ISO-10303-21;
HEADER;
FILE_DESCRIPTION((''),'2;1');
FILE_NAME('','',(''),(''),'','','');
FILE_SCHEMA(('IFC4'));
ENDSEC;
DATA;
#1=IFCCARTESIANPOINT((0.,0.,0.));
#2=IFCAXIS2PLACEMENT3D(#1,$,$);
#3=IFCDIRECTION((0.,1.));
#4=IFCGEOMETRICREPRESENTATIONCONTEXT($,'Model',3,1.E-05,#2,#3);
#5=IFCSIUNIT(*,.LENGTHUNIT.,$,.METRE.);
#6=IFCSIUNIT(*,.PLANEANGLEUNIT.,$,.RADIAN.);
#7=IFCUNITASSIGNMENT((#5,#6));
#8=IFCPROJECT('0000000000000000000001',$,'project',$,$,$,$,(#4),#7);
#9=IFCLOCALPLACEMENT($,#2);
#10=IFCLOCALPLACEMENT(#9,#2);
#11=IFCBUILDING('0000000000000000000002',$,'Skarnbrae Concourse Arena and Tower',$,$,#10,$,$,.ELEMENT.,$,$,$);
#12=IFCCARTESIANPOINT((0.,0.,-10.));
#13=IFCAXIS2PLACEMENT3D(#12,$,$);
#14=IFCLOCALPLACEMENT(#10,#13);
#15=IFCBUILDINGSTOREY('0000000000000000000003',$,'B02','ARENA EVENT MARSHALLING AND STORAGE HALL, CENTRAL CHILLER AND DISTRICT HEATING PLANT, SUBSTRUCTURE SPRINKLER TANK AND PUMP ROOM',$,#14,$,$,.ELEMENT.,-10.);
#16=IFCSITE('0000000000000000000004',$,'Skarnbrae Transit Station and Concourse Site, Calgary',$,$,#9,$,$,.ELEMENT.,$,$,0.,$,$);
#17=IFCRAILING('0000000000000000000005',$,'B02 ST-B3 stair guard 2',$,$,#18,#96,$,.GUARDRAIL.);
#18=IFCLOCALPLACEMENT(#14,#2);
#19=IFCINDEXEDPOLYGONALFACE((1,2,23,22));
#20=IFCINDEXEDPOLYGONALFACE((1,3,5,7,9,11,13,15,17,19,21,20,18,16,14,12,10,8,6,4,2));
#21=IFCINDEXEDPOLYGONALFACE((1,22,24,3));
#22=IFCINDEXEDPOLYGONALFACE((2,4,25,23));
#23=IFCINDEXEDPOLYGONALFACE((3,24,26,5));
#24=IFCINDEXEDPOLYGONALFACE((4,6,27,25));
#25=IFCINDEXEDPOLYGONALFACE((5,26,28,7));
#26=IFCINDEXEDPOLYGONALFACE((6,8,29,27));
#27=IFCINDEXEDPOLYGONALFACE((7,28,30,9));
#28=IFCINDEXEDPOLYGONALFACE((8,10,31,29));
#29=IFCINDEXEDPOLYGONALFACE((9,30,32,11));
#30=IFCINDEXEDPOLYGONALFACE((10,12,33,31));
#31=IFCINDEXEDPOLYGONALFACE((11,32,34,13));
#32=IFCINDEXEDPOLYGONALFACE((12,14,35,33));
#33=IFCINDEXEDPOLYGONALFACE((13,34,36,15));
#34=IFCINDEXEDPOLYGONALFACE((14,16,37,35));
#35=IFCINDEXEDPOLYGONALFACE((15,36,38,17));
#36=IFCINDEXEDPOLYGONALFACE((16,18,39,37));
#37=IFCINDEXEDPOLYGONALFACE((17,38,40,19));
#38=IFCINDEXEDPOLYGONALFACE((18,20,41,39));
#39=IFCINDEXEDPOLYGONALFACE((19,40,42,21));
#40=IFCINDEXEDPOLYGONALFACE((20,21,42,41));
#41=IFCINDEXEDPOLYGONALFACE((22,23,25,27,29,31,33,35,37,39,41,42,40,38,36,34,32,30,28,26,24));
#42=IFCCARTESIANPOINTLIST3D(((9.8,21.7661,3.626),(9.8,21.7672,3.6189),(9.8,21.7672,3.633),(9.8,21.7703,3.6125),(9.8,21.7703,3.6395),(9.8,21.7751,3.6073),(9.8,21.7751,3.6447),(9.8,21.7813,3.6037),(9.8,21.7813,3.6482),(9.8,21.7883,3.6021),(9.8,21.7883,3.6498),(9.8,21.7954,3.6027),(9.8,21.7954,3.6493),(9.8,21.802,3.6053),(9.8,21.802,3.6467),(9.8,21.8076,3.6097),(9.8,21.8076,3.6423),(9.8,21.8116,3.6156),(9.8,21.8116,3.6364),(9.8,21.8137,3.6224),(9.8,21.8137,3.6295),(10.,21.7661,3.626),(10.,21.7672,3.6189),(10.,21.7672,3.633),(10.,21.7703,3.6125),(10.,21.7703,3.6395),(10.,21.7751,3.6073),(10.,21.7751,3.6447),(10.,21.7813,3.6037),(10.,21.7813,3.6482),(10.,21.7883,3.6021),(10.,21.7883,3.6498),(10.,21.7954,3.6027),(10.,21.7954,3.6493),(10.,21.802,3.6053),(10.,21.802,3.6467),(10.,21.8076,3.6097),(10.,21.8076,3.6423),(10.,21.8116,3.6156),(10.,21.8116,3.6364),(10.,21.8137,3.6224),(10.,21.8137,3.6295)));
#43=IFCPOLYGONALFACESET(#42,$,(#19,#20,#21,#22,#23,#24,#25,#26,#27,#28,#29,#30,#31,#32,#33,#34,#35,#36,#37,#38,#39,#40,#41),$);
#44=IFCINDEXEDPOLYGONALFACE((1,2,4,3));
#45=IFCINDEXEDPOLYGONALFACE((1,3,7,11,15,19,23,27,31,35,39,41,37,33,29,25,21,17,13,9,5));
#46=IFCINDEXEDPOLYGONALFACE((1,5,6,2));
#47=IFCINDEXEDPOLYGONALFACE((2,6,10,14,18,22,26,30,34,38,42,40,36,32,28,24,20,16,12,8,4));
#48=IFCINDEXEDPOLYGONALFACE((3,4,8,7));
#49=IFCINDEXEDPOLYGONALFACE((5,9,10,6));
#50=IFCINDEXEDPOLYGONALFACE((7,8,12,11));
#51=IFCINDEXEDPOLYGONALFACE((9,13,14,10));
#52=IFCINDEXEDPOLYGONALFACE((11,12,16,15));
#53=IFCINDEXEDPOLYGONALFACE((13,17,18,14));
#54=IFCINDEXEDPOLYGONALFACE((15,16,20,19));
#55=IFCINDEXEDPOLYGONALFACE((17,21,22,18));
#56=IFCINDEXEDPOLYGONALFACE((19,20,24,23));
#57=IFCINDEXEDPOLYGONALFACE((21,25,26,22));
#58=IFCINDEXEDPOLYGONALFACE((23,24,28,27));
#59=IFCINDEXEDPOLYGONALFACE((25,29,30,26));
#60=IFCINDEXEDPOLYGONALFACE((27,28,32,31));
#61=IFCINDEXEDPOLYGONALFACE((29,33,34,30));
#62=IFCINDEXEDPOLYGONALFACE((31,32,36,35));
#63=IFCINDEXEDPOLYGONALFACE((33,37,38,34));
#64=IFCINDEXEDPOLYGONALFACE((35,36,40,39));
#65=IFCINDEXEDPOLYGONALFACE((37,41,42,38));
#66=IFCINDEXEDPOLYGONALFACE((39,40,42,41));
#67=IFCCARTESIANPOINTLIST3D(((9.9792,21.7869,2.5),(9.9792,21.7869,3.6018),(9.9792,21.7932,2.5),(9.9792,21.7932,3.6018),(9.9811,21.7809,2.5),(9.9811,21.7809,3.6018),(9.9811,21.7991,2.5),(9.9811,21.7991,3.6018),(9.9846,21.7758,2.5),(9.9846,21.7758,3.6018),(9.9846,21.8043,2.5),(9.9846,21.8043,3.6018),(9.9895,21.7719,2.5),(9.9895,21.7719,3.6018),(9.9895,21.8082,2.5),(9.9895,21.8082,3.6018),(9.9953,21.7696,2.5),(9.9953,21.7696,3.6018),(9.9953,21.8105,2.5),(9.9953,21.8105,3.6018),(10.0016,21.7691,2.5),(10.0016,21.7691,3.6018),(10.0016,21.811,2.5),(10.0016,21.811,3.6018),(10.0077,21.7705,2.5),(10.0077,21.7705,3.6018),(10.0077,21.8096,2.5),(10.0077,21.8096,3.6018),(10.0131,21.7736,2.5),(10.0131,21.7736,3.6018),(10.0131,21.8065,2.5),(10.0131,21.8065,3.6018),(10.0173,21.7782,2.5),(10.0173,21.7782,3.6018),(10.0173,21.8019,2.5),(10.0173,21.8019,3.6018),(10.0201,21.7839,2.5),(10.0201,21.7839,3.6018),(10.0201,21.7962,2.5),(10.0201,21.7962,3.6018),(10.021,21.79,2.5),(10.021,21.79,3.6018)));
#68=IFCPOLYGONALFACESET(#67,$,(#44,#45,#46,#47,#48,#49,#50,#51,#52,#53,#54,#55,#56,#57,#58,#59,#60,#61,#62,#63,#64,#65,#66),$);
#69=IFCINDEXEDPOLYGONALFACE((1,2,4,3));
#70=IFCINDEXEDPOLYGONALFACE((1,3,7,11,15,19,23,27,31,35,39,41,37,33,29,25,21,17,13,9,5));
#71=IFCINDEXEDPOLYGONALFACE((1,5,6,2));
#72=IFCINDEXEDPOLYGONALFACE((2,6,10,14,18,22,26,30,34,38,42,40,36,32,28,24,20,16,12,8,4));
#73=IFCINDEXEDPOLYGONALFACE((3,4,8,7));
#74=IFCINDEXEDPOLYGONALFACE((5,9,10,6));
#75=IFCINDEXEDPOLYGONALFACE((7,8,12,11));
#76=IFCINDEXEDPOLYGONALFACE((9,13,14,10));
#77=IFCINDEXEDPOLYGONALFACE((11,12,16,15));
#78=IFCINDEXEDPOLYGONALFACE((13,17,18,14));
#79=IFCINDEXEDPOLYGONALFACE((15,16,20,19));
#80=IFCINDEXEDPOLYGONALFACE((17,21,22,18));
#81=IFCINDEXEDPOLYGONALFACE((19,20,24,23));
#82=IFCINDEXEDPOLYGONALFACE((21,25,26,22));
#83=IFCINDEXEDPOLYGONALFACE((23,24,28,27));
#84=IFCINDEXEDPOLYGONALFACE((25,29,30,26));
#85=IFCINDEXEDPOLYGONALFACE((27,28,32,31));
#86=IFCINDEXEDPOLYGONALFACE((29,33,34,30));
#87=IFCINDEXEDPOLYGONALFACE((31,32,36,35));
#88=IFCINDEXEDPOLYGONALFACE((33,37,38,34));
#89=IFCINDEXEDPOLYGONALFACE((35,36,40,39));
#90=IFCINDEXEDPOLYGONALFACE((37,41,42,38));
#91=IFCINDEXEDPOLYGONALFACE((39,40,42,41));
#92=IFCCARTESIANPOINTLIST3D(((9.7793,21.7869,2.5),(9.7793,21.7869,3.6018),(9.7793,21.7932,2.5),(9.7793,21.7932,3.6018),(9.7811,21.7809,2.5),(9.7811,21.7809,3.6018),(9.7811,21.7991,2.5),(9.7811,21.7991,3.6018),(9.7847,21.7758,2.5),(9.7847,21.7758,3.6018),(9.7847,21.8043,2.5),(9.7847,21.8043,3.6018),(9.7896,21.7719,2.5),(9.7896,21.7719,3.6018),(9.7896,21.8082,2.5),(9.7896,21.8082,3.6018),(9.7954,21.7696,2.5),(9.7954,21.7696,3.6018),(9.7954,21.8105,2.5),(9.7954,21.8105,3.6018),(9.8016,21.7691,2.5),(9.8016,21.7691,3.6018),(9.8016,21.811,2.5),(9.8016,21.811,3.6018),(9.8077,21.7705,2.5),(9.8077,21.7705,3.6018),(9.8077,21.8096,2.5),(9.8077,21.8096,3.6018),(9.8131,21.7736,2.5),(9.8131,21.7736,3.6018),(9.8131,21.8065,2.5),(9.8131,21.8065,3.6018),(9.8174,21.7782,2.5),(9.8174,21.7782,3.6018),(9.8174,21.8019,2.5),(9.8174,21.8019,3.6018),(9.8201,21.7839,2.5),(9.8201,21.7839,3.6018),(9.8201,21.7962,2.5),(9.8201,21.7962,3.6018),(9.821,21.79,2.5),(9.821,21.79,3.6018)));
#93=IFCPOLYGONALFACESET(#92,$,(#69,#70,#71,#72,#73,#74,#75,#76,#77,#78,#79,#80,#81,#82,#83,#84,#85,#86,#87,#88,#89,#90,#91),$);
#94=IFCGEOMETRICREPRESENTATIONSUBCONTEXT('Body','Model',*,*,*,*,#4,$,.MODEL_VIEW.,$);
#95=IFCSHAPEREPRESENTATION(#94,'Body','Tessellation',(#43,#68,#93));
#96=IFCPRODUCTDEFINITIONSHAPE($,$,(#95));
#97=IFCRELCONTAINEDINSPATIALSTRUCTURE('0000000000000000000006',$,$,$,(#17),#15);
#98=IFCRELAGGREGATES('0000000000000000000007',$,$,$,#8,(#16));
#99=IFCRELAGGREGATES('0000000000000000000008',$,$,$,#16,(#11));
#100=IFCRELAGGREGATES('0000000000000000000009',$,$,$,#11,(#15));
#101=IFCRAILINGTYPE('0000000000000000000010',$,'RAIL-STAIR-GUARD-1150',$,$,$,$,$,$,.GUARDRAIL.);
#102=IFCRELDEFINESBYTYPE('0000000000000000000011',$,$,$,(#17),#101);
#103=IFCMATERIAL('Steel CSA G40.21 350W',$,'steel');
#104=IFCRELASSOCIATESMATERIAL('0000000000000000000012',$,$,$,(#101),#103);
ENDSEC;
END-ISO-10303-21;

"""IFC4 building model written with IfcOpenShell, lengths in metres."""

from ifc_helpers import new_model, si_unit, direction, frame, origin, origin_2d, place, context, subcontext, project, spatial, circle, extrude, material, type_object, element, save


model = new_model("IFC4")

# Units and contexts
model_context = context("Model", 3, precision=1e-05, world=origin(), true_north=direction((0.0, 1.0)))
body_context = subcontext(model_context, "Body", "Model", "MODEL_VIEW")
ifc_project = project(units=[si_unit("LENGTHUNIT", "METRE"), si_unit("PLANEANGLEUNIT", "RADIAN")], contexts=[model_context])

# Site, building, storey
site_placement = place(None, origin())
site = spatial("IfcSite", under=ifc_project, at=site_placement, Name="Skarnbrae Transit Station and Concourse Site, Calgary", CompositionType="ELEMENT", RefElevation=0.0)
building_placement = place(site_placement, origin())
building = spatial("IfcBuilding", under=site, at=building_placement, Name="Skarnbrae Concourse Arena and Tower", CompositionType="ELEMENT")
storey_placement = place(building_placement, frame((0.0, 0.0, -10.0)))
storey = spatial("IfcBuildingStorey", under=building, at=storey_placement, Name="B02", Description="ARENA EVENT MARSHALLING AND STORAGE HALL, CENTRAL CHILLER AND DISTRICT HEATING PLANT, SUBSTRUCTURE SPRINKLER TANK AND PUMP ROOM", CompositionType="ELEMENT", Elevation=-10.0)

# Shared definitions
ifc_material_1 = material(Name="Steel CSA G40.21 350W", Category="steel")

# Railing
railing_type_1 = type_object("IfcRailingType", Name="RAIL-STAIR-GUARD-1150", PredefinedType="GUARDRAIL", material=ifc_material_1)
railing_1_placement = place(storey_placement, frame((10.0, 21.79, 2.5)))
element("IfcRailing", 1, at=railing_1_placement, inside=storey, type_object=railing_type_1, Name="B02 ST-B3 stair guard 2", PredefinedType="GUARDRAIL", context=body_context, shape_type="SweptSolid", body=[
    extrude(circle(Radius=0.0239, at=origin_2d()), frame((0.0, 0.0, 1.126), z_axis=(-1.0, 0.0, 0.0), x_axis=(0.0, -1.0, 0.0)), (0.0, 0.0, 1.0), 0.2),
    extrude(circle(Radius=0.021, at=origin_2d()), origin(), (0.0, 0.0, 1.0), 1.1018),
    extrude(circle(Radius=0.021, at=origin_2d()), frame((-0.2, 0.0, 0.0)), (0.0, 0.0, 1.0), 1.1018),
])

save(model, "model.ifc")
